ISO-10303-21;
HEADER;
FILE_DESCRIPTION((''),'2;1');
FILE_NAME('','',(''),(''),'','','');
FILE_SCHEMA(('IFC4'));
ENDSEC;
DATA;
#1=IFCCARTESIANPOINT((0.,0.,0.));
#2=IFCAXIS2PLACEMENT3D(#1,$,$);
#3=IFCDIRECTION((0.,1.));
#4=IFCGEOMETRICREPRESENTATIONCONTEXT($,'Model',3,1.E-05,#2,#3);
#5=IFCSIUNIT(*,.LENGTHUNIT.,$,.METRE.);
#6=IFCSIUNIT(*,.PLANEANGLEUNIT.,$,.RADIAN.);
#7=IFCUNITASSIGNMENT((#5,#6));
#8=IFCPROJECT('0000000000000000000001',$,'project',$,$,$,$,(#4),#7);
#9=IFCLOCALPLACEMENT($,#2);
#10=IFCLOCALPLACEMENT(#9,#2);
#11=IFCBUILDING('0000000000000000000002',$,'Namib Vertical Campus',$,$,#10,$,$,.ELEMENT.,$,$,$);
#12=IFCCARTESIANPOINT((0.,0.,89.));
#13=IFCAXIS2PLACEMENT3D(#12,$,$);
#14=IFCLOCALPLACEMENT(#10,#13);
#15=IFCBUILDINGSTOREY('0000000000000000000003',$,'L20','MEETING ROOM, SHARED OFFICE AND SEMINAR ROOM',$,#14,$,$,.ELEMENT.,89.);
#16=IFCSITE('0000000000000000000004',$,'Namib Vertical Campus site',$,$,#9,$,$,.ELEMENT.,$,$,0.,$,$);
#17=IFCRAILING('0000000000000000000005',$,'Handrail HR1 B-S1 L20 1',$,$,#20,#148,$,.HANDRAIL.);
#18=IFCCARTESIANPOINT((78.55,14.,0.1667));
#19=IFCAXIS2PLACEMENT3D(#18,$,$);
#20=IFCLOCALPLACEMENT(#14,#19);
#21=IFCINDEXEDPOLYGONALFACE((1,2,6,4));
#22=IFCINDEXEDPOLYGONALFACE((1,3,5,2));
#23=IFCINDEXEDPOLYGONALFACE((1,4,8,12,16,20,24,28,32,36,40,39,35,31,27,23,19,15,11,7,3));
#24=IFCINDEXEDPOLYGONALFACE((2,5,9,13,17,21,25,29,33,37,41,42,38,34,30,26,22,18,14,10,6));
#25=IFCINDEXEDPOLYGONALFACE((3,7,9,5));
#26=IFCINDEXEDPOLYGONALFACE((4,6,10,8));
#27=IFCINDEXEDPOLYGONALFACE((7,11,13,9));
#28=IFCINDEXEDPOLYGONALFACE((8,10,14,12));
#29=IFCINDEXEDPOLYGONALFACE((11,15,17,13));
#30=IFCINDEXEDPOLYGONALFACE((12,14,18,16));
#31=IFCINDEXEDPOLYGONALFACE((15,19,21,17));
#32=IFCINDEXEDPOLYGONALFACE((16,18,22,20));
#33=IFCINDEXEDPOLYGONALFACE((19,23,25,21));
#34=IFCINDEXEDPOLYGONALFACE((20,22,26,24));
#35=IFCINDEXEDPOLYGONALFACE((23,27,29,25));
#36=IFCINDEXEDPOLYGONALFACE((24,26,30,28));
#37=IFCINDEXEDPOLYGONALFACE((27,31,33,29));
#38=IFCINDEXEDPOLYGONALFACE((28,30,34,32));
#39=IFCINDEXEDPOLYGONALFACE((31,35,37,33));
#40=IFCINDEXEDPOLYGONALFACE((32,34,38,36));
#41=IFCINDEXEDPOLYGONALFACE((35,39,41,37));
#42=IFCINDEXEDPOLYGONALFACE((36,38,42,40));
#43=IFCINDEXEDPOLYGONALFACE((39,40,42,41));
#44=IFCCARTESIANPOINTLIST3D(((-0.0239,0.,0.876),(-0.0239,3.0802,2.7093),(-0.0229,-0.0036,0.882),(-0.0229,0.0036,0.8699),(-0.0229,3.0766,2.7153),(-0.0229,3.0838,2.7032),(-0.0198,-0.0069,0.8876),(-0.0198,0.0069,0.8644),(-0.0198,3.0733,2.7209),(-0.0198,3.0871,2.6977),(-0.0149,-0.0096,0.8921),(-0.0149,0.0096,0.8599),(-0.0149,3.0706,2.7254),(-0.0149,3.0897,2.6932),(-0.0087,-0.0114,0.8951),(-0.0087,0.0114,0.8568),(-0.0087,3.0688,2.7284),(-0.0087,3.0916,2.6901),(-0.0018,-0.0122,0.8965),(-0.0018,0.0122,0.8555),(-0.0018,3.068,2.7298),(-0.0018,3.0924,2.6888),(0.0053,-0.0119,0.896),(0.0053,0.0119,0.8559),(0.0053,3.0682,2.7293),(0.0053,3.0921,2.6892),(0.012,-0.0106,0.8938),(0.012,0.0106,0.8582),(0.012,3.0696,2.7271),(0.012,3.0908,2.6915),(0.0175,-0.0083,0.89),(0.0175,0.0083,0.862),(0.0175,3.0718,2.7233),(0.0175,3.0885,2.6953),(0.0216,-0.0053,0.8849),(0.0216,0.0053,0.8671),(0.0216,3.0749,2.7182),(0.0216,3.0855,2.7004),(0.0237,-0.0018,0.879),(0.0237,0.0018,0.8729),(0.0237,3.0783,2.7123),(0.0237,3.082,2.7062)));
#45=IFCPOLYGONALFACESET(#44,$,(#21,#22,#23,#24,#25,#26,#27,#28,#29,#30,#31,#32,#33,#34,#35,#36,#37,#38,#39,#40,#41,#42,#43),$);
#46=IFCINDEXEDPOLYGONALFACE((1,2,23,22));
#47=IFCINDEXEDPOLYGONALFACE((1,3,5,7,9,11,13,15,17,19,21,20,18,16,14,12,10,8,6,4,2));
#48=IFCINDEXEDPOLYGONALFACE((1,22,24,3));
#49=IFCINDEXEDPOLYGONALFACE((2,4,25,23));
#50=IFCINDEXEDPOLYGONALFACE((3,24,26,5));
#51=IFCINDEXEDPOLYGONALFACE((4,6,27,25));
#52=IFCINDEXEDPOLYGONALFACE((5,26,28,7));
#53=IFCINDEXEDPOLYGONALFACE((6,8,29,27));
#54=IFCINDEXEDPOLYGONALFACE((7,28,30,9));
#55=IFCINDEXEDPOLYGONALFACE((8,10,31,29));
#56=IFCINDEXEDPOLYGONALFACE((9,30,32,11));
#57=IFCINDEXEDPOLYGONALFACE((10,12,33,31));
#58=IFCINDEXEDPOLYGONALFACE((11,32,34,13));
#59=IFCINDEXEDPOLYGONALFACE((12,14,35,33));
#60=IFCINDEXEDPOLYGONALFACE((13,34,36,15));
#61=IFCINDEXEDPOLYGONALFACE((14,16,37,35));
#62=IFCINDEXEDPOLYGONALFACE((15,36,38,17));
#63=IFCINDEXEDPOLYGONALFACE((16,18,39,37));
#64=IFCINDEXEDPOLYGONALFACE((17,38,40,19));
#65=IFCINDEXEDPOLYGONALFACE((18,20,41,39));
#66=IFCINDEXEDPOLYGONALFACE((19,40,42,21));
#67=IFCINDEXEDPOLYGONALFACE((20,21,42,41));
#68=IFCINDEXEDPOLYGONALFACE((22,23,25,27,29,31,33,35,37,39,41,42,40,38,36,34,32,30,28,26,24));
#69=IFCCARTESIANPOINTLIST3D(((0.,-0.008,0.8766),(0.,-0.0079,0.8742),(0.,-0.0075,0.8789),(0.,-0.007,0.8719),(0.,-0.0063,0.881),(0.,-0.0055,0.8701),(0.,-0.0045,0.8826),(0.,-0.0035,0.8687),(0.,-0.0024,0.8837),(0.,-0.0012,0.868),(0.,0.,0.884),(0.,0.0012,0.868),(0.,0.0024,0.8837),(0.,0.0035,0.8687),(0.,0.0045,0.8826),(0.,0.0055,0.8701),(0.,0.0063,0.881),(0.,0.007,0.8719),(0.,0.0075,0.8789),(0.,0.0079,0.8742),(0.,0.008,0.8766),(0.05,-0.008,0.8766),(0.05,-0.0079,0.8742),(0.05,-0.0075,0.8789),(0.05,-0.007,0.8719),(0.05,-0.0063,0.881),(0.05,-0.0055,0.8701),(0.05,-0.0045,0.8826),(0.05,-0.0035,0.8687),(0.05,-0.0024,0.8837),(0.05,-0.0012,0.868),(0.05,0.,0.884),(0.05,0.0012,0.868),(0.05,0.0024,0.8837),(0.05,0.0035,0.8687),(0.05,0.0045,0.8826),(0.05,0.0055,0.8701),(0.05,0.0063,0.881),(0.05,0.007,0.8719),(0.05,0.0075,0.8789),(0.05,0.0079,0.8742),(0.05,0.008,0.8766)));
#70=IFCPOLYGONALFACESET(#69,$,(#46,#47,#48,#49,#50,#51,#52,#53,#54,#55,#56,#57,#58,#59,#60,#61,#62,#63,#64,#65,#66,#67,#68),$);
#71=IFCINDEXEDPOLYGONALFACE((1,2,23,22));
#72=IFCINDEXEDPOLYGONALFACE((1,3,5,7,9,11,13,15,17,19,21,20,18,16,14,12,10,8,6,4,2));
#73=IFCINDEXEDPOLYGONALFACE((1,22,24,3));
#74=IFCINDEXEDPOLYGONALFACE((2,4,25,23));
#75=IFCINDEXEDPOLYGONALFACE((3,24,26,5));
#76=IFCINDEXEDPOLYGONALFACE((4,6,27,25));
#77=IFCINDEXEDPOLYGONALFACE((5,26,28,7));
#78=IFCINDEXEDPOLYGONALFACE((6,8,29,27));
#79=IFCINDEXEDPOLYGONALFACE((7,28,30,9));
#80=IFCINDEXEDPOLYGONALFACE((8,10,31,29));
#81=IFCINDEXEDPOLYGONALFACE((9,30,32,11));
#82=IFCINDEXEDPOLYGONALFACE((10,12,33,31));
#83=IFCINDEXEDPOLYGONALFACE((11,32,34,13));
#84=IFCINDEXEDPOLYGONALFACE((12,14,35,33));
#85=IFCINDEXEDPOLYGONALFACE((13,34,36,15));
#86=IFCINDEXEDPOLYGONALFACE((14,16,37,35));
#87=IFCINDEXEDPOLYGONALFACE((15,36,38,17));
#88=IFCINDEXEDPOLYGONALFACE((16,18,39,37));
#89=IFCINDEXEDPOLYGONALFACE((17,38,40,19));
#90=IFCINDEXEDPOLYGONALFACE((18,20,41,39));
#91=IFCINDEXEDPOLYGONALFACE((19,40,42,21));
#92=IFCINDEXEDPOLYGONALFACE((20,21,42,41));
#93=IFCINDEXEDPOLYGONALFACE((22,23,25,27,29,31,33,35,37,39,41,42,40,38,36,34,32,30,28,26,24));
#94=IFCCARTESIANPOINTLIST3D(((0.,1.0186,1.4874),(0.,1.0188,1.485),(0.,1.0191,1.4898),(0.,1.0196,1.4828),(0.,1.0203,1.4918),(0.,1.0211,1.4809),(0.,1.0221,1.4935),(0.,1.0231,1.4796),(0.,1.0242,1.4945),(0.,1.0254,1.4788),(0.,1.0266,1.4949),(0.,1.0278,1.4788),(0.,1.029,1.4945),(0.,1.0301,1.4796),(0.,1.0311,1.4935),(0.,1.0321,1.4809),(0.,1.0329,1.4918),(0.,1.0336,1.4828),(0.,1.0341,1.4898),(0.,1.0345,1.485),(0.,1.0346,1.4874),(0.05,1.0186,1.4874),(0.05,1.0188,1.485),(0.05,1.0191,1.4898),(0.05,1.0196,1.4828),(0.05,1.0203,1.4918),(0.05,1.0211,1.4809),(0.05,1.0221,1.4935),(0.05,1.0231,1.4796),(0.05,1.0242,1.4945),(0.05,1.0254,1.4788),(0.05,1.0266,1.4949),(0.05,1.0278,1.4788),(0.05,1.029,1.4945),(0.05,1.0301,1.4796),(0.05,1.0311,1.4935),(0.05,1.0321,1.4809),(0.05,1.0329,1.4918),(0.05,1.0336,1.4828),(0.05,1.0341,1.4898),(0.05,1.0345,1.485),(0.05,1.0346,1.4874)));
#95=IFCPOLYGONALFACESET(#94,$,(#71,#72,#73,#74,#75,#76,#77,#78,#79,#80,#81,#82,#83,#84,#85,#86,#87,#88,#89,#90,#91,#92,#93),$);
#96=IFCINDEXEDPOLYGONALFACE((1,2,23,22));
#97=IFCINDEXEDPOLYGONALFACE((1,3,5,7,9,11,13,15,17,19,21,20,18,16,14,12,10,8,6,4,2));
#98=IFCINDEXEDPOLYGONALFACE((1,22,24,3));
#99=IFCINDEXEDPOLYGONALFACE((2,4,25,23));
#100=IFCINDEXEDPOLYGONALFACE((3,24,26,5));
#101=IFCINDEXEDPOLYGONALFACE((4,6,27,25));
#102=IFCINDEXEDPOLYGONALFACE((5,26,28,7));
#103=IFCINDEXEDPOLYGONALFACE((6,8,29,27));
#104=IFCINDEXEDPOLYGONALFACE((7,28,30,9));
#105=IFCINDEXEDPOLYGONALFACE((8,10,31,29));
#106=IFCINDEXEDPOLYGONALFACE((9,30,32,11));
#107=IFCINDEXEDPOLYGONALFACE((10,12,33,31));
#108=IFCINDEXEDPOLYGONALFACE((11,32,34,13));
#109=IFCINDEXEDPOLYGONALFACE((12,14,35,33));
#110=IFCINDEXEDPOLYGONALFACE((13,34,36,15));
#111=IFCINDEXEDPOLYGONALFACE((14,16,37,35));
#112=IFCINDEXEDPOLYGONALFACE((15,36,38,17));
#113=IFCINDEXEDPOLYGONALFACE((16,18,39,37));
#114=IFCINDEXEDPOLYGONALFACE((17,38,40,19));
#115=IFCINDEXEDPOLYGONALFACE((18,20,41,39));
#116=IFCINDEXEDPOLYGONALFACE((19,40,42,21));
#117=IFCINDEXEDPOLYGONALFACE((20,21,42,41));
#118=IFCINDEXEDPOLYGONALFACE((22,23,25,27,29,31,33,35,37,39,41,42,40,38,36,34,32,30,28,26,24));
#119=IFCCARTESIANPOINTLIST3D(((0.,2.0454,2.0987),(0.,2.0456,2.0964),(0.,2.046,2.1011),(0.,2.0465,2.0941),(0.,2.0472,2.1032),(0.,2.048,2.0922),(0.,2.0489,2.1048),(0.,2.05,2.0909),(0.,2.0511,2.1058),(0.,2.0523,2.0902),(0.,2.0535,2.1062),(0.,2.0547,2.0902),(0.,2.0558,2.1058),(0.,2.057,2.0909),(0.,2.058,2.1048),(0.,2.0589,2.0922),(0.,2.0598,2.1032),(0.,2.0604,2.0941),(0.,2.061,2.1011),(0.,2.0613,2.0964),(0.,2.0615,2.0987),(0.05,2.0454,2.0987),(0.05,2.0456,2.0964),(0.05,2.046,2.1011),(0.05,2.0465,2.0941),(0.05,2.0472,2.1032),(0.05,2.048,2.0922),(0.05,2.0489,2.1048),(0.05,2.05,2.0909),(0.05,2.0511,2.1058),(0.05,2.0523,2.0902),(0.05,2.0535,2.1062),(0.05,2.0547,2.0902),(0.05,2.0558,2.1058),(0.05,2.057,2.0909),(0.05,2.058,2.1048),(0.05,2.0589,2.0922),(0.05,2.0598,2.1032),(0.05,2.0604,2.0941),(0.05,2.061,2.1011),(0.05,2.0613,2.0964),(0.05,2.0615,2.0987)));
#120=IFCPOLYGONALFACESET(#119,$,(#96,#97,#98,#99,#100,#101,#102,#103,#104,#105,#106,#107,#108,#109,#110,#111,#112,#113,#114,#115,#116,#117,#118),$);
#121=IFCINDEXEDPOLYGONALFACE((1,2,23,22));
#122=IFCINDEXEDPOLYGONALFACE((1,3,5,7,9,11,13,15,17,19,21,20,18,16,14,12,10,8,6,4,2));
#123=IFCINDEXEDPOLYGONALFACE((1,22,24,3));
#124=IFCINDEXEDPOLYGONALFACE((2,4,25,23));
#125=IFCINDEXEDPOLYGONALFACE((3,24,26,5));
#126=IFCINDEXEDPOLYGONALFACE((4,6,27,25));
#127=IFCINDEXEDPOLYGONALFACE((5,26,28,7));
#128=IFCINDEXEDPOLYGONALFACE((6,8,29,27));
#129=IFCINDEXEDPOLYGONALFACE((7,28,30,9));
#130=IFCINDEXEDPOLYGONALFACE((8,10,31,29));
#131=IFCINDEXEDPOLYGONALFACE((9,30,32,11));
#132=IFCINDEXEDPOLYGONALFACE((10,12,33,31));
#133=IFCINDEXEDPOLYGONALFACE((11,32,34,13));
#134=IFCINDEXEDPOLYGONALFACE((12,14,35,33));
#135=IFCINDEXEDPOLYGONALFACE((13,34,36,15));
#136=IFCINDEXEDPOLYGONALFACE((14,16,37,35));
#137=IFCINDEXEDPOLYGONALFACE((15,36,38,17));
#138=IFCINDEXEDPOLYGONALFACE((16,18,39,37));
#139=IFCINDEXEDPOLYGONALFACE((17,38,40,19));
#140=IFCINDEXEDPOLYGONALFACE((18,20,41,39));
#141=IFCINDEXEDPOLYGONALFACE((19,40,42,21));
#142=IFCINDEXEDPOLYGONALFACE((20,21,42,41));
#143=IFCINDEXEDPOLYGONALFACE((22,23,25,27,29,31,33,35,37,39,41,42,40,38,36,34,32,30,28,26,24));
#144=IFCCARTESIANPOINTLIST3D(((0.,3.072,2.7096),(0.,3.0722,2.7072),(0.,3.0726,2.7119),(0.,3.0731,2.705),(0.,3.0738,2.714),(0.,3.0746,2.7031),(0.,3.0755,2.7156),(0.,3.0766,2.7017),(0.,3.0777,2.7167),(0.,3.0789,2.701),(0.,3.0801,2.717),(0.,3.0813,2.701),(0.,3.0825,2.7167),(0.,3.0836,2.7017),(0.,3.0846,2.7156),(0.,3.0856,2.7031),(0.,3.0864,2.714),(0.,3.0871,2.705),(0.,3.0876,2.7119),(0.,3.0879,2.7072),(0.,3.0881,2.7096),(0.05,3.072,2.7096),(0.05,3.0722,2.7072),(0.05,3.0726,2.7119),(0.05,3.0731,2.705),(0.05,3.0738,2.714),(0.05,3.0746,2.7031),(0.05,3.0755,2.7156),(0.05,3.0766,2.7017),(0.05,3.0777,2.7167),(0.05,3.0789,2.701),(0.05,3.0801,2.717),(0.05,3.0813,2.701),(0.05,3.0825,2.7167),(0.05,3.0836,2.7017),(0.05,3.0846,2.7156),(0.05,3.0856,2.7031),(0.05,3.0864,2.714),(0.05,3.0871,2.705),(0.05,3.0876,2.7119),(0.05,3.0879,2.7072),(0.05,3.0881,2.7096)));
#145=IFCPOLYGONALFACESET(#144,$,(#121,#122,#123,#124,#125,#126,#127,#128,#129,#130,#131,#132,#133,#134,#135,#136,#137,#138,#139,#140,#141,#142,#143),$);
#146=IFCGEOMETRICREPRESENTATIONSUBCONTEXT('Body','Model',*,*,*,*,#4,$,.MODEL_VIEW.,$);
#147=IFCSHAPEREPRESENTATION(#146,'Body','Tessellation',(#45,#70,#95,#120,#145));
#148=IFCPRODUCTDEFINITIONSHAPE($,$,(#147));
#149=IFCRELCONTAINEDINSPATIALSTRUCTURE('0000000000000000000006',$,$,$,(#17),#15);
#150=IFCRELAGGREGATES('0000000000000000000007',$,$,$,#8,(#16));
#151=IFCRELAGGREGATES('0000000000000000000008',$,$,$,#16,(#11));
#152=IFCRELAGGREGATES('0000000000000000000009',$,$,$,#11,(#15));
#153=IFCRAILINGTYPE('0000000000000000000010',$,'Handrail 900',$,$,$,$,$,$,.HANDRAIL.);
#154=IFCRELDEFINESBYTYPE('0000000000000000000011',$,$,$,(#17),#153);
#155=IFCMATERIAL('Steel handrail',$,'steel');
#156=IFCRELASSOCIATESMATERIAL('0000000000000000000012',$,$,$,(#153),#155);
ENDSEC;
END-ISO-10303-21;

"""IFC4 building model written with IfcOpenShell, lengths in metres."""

from ifc_helpers import new_model, si_unit, direction, frame, origin, origin_2d, place, context, subcontext, project, spatial, circle, extrude, material, type_object, element, save


model = new_model("IFC4")

# Units and contexts
model_context = context("Model", 3, precision=1e-05, world=origin(), true_north=direction((0.0, 1.0)))
body_context = subcontext(model_context, "Body", "Model", "MODEL_VIEW")
ifc_project = project(units=[si_unit("LENGTHUNIT", "METRE"), si_unit("PLANEANGLEUNIT", "RADIAN")], contexts=[model_context])

# Site, building, storey
site_placement = place(None, origin())
site = spatial("IfcSite", under=ifc_project, at=site_placement, Name="Namib Vertical Campus site", CompositionType="ELEMENT", RefElevation=0.0)
building_placement = place(site_placement, origin())
building = spatial("IfcBuilding", under=site, at=building_placement, Name="Namib Vertical Campus", CompositionType="ELEMENT")
storey_placement = place(building_placement, frame((0.0, 0.0, 89.0)))
storey = spatial("IfcBuildingStorey", under=building, at=storey_placement, Name="L20", Description="MEETING ROOM, SHARED OFFICE AND SEMINAR ROOM", CompositionType="ELEMENT", Elevation=89.0)

# Railing
ifc_material_1 = material(Name="Steel handrail", Category="steel")
railing_type = type_object("IfcRailingType", Name="Handrail 900", PredefinedType="HANDRAIL", material=ifc_material_1)
railing_1_placement = place(storey_placement, frame((78.55, 14.0, 0.1667)))
element("IfcRailing", 1, at=railing_1_placement, inside=storey, type_object=railing_type, Name="Handrail HR1 B-S1 L20 1", PredefinedType="HANDRAIL", context=body_context, shape_type="SweptSolid", body=[
    extrude(circle(Radius=0.0239, at=origin_2d()), frame((0.0, 0.0, 0.876), z_axis=(0.0, 0.859309, 0.511458), x_axis=(-1.0, 0.0, 0.0)), (0.0, 0.0, 1.0), 3.5845),
    extrude(circle(Radius=0.0081, at=origin_2d()), frame((0.0, 0.0, 0.876), z_axis=(1.0, 0.0, 0.0), x_axis=(0.0, 0.0, 1.0)), (0.0, 0.0, 1.0), 0.05),
    extrude(circle(Radius=0.0081, at=origin_2d()), frame((0.0, 1.0266, 1.4868), z_axis=(1.0, 0.0, 0.0), x_axis=(0.0, 0.0, 1.0)), (0.0, 0.0, 1.0), 0.05),
    extrude(circle(Radius=0.0081, at=origin_2d()), frame((0.0, 2.0535, 2.0981), z_axis=(1.0, 0.0, 0.0), x_axis=(0.0, 0.0, 1.0)), (0.0, 0.0, 1.0), 0.05),
    extrude(circle(Radius=0.0081, at=origin_2d()), frame((0.0, 3.0801, 2.709), z_axis=(1.0, 0.0, 0.0), x_axis=(0.0, 0.0, 1.0)), (0.0, 0.0, 1.0), 0.05),
])

save(model, "model.ifc")
